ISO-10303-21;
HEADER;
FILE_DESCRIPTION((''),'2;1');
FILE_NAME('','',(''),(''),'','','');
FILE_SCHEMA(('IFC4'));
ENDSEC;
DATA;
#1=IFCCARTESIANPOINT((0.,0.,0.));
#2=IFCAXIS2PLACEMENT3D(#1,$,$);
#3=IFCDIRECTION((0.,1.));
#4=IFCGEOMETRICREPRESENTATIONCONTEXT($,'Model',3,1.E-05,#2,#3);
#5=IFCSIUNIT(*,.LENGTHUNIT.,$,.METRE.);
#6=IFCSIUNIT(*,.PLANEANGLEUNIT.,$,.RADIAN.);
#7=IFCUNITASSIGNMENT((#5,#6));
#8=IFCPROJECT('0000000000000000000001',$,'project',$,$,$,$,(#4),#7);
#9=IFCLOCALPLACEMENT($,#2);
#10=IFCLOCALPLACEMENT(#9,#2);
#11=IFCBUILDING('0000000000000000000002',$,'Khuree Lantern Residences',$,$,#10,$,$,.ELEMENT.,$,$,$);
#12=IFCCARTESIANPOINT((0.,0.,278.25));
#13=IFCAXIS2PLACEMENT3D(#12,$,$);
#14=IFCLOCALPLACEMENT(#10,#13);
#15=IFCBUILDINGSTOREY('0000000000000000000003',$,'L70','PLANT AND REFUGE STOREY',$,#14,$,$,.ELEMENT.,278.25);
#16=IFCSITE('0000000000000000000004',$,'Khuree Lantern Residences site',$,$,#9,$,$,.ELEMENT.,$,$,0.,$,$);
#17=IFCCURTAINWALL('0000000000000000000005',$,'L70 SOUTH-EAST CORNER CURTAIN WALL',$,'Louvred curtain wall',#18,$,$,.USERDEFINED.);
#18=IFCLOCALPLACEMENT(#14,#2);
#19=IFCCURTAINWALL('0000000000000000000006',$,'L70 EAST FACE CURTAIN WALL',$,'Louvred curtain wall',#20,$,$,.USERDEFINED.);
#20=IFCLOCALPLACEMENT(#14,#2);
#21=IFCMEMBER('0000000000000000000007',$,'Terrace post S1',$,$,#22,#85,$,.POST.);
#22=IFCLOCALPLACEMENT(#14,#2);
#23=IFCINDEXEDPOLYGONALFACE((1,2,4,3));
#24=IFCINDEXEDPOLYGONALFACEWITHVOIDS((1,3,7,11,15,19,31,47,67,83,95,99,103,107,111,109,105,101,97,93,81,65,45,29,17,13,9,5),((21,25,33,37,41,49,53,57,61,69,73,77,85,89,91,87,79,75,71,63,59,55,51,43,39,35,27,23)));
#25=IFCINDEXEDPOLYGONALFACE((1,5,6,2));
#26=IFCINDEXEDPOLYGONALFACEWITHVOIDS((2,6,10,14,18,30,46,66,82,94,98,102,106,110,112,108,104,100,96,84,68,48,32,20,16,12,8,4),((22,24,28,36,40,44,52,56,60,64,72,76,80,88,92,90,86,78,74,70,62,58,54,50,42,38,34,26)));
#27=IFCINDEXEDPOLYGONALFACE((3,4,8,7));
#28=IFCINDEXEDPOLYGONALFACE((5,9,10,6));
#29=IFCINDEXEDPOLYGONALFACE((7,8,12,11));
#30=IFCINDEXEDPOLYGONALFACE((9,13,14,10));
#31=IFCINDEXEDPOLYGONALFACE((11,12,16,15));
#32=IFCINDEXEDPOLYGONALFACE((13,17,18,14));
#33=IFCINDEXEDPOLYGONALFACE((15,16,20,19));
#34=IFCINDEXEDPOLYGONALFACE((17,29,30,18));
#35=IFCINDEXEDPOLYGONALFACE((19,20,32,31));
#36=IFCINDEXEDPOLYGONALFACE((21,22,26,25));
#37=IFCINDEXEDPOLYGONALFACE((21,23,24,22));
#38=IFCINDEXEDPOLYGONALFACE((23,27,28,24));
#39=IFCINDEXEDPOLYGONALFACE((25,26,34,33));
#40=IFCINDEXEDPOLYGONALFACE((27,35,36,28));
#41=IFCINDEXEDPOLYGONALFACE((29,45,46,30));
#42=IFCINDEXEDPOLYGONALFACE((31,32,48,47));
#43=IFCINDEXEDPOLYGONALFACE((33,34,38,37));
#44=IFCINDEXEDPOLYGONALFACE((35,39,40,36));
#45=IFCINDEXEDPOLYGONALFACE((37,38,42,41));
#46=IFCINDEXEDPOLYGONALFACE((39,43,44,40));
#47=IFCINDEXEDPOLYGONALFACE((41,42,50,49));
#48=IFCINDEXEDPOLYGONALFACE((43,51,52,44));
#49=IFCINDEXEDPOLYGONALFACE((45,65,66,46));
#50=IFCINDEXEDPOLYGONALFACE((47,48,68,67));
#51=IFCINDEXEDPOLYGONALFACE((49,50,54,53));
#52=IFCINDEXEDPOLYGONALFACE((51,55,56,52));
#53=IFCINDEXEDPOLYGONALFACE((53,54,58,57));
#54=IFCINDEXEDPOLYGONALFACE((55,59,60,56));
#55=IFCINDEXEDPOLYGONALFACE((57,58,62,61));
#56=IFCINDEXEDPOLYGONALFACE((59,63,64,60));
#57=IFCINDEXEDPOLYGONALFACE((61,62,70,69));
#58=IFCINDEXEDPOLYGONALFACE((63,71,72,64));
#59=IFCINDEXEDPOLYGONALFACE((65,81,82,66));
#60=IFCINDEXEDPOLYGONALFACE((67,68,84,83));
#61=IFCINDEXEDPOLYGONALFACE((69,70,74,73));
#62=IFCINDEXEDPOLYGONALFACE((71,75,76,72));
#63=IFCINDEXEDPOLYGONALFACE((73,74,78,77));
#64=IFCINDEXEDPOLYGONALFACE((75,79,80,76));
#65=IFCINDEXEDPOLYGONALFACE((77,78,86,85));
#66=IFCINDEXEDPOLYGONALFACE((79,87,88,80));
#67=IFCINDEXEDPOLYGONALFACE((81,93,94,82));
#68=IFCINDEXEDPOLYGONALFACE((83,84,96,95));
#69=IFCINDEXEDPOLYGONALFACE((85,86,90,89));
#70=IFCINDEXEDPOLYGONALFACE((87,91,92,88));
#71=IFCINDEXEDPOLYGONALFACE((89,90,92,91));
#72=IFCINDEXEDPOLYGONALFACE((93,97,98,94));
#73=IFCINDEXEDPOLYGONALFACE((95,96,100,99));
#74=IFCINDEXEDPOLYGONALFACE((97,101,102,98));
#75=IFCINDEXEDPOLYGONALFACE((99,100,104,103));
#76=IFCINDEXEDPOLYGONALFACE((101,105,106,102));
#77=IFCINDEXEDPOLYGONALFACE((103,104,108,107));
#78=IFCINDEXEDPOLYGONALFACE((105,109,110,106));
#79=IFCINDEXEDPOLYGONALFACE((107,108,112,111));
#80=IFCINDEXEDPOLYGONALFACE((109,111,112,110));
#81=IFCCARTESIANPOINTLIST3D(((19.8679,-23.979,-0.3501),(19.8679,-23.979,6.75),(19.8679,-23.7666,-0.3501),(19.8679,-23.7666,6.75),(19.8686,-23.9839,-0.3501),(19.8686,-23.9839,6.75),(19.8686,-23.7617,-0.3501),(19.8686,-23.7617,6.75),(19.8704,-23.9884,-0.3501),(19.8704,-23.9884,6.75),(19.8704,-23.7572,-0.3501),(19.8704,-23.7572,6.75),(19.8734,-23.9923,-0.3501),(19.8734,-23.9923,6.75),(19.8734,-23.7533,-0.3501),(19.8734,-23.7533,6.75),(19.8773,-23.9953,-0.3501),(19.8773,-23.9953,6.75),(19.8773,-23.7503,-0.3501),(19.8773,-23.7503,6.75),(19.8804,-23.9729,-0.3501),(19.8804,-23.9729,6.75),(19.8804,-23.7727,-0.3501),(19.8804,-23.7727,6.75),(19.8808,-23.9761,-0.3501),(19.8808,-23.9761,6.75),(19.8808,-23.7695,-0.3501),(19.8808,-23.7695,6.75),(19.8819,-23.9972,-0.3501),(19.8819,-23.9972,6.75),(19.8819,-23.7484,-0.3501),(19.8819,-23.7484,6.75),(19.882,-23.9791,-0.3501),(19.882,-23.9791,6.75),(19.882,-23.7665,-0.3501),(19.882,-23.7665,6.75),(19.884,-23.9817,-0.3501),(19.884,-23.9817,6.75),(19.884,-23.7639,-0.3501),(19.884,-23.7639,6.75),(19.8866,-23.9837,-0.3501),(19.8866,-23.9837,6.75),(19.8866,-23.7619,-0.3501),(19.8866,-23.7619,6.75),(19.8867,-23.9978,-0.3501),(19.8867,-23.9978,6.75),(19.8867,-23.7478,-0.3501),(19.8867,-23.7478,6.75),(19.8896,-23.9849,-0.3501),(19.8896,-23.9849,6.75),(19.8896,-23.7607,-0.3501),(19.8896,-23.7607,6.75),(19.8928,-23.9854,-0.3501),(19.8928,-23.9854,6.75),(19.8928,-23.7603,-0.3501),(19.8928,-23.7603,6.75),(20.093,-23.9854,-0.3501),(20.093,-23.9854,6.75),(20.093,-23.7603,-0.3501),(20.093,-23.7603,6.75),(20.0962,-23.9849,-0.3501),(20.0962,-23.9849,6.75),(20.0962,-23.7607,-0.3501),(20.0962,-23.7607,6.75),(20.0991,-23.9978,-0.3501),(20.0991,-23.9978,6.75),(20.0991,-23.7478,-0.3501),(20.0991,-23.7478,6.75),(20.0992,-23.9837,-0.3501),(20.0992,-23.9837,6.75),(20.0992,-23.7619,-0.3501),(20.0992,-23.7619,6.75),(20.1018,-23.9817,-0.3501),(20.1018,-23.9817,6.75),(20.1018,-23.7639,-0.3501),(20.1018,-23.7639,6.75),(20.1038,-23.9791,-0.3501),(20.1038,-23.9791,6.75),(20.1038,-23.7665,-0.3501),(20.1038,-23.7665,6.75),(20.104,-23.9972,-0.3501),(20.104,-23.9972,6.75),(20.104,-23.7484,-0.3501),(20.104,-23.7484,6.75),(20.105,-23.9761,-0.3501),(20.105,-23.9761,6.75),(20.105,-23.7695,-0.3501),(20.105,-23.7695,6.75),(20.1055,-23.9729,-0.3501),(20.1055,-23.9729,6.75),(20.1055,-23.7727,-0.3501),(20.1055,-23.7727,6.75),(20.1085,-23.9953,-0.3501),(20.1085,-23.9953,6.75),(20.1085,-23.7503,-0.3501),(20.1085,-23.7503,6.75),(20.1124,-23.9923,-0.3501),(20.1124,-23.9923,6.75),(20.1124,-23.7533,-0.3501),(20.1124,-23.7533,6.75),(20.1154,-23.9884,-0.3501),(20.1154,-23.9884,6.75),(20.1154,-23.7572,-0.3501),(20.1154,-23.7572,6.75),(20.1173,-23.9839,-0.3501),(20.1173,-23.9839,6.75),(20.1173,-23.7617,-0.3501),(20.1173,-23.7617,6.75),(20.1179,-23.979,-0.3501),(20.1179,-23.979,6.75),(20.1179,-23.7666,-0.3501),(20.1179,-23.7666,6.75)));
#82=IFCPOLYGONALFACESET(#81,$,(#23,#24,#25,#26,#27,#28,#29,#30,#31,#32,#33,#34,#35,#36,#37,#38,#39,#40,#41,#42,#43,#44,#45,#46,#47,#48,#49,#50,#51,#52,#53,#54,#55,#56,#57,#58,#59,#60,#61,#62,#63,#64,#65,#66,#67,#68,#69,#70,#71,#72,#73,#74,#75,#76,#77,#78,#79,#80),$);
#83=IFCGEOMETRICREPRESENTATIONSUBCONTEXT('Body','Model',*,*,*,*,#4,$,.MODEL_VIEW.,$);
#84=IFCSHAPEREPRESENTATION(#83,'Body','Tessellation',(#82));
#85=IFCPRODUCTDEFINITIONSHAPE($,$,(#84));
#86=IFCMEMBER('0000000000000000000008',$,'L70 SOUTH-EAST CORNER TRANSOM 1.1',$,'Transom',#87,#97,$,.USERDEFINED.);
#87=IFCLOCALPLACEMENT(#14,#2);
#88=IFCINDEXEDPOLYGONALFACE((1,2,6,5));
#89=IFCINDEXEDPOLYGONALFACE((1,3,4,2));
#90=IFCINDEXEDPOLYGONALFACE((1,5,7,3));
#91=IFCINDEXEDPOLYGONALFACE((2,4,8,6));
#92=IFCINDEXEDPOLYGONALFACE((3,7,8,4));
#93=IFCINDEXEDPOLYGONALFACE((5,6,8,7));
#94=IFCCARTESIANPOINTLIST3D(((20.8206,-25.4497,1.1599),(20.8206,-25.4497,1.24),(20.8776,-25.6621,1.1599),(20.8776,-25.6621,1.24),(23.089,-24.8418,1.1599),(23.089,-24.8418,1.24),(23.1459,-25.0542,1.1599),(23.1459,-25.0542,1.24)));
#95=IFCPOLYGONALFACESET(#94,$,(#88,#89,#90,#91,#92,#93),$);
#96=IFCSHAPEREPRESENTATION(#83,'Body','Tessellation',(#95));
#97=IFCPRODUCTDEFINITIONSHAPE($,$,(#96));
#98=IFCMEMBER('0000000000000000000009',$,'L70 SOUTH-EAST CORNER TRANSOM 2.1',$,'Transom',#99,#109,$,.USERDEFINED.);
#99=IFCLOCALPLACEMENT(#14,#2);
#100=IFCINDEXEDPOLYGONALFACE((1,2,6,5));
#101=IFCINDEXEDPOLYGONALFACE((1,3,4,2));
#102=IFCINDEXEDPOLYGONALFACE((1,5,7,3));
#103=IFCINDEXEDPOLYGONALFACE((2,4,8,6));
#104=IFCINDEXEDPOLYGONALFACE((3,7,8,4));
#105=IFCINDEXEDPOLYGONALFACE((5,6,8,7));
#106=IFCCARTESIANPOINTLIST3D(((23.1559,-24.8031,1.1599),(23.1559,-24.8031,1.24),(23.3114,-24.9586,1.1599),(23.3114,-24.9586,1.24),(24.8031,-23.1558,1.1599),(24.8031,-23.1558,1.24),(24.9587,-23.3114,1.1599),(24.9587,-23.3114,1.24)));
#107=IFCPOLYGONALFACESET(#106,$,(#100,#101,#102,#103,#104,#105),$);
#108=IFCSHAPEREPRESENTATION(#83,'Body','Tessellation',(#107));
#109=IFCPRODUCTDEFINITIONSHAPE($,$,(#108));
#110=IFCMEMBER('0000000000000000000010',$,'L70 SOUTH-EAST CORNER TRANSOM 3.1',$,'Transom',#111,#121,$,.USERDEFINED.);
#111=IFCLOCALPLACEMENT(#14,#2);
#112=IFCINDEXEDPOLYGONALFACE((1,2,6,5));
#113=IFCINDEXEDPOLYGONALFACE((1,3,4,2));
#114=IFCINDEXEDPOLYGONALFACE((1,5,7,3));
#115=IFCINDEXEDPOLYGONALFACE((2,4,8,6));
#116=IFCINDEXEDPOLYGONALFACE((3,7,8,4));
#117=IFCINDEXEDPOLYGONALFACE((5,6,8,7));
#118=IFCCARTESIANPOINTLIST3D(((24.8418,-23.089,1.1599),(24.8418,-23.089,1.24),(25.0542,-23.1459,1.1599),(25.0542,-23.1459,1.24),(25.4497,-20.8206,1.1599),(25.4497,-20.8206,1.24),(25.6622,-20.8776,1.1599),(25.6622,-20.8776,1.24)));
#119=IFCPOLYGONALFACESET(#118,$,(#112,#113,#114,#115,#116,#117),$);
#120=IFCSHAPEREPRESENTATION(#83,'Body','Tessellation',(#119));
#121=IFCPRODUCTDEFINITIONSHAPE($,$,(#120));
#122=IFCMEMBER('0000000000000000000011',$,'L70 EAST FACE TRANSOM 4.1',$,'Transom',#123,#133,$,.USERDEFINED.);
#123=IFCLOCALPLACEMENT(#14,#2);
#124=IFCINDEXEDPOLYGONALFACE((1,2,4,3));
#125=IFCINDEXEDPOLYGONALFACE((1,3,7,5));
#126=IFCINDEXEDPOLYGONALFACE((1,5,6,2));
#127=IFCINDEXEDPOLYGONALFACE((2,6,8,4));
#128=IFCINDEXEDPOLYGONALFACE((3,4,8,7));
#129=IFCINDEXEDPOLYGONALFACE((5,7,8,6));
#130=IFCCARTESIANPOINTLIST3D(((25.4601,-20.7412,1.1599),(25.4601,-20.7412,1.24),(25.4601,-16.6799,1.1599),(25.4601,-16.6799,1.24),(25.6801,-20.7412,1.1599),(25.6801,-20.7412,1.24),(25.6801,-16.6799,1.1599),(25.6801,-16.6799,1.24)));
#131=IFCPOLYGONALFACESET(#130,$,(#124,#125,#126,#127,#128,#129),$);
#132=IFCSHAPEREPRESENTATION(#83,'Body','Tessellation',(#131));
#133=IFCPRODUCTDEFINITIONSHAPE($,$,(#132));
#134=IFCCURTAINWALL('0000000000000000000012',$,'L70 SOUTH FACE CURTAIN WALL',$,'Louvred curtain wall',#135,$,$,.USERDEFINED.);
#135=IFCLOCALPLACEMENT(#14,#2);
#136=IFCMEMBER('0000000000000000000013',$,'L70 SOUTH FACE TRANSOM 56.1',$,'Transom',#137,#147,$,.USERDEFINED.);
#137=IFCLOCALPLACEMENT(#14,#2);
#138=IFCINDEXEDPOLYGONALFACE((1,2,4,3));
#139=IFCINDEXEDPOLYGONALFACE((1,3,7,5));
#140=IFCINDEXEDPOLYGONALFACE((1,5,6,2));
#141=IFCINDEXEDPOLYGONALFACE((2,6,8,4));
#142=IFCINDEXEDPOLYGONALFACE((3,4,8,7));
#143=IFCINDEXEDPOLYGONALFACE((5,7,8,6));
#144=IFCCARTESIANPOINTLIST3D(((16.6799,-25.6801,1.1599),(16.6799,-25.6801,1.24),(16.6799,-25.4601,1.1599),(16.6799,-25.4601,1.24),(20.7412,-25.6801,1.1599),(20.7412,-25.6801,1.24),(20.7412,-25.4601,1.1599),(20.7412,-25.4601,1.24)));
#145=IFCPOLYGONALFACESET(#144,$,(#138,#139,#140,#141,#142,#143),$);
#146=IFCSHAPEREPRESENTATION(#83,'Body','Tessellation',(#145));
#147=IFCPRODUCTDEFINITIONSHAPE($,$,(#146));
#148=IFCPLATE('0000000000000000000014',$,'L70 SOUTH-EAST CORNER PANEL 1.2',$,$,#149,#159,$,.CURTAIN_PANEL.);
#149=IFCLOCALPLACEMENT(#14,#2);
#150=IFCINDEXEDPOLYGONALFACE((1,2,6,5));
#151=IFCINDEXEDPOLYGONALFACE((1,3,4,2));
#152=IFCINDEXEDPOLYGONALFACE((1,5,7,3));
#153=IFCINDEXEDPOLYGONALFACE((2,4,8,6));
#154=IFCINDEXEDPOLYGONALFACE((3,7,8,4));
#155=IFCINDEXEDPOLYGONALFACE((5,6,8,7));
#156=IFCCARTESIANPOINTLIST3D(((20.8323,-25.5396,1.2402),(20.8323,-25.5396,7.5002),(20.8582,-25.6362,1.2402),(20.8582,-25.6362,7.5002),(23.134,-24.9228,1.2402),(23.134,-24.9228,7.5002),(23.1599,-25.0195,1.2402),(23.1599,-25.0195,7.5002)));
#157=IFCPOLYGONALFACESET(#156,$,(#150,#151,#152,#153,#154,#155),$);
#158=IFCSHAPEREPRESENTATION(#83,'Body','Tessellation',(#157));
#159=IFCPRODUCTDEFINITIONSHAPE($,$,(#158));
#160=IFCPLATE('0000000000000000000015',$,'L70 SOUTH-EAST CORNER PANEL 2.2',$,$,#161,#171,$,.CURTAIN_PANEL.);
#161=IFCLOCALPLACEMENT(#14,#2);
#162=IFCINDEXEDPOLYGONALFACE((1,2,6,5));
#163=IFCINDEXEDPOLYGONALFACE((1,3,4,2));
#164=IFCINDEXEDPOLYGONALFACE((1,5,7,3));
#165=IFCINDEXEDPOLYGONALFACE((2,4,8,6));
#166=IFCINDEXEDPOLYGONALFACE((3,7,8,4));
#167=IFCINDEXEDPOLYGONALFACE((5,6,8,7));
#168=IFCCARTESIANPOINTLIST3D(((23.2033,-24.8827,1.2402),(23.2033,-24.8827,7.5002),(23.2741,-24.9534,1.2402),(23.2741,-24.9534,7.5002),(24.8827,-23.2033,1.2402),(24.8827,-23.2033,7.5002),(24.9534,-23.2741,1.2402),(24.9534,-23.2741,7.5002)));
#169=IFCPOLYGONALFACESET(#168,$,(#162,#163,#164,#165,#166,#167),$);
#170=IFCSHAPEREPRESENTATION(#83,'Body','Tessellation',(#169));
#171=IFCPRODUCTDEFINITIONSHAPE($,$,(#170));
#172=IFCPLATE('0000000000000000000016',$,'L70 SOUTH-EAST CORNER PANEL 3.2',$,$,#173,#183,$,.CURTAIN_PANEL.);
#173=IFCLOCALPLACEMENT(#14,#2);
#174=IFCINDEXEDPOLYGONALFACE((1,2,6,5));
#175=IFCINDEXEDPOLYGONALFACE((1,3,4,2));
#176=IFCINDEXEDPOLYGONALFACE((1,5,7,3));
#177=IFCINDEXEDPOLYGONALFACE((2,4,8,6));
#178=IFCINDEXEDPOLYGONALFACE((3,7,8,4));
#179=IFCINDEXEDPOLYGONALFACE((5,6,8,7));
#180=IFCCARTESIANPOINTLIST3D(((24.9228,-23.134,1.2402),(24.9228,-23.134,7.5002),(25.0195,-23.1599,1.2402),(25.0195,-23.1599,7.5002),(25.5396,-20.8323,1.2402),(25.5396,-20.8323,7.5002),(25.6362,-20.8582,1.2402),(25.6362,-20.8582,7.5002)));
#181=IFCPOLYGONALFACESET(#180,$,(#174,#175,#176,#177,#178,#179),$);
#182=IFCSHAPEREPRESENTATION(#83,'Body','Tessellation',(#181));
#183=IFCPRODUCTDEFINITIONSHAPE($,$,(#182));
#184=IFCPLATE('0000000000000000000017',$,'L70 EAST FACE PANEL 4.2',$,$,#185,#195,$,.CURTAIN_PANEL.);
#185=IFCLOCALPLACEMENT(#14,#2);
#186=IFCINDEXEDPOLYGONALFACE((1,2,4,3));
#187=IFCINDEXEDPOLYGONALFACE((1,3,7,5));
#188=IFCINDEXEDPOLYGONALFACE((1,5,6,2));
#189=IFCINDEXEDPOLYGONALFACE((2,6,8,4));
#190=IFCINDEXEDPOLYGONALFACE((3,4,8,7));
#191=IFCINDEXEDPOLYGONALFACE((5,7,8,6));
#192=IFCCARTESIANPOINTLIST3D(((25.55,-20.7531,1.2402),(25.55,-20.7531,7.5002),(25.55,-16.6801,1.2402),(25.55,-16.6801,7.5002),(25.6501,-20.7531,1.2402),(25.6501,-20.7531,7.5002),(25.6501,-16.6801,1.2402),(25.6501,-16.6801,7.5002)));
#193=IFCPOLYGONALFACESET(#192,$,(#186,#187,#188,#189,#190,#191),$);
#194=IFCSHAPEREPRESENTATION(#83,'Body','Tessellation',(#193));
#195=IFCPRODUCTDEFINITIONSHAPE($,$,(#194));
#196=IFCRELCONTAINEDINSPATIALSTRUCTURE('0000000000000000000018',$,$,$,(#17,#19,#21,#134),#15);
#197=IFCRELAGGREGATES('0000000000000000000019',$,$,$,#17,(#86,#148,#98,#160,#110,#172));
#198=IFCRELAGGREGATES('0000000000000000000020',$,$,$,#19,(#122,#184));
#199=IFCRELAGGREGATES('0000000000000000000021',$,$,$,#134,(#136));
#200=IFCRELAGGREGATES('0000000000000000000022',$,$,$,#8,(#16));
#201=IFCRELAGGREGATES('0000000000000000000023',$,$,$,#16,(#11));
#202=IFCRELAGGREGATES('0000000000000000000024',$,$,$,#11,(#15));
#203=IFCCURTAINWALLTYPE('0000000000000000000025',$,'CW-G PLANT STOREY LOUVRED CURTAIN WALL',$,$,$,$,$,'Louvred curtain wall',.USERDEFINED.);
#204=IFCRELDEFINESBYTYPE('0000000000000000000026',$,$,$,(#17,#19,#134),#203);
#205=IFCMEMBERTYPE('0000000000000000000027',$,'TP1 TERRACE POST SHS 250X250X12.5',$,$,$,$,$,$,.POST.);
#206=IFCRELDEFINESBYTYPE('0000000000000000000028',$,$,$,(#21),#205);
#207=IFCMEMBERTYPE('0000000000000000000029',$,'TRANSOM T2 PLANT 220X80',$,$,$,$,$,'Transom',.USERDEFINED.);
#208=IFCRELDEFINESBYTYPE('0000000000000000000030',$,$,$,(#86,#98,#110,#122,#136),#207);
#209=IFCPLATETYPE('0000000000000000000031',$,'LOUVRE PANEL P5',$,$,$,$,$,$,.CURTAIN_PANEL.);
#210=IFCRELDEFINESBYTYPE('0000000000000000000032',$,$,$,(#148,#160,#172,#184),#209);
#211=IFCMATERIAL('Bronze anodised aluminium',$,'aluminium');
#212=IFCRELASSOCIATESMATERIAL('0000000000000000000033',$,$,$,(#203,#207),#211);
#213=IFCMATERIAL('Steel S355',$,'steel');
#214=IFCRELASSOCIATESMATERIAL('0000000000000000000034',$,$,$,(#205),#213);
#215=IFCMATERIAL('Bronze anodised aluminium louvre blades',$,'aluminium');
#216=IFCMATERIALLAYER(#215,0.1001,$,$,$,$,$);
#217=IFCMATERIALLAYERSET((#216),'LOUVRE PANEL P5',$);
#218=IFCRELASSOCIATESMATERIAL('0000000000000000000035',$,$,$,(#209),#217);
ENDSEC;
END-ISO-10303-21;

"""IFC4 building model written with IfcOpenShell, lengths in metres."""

from ifc_helpers import new_model, si_unit, direction, frame, origin, origin_2d, place, context, subcontext, project, spatial, rectangle, hollow_rectangle, extrude, material, layer, layer_set, material_profile, profile_set, type_object, element, aggregate, save


model = new_model("IFC4")

# Units and contexts
model_context = context("Model", 3, precision=1e-05, world=origin(), true_north=direction((0.0, 1.0)))
body_context = subcontext(model_context, "Body", "Model", "MODEL_VIEW")
ifc_project = project(units=[si_unit("LENGTHUNIT", "METRE"), si_unit("PLANEANGLEUNIT", "RADIAN")], contexts=[model_context])

# Site, building, storey
site_placement = place(None, origin())
site = spatial("IfcSite", under=ifc_project, at=site_placement, Name="Khuree Lantern Residences site", CompositionType="ELEMENT", RefElevation=0.0)
building_placement = place(site_placement, origin())
building = spatial("IfcBuilding", under=site, at=building_placement, Name="Khuree Lantern Residences", CompositionType="ELEMENT")
storey_placement = place(building_placement, frame((0.0, 0.0, 278.25)))
storey = spatial("IfcBuildingStorey", under=building, at=storey_placement, Name="L70", Description="PLANT AND REFUGE STOREY", CompositionType="ELEMENT", Elevation=278.25)

# Shared definitions
ifc_material_1 = material(Name="Steel S355", Category="steel")

# Curtain wall
ifc_material_2 = material(Name="Bronze anodised aluminium", Category="aluminium")
curtain_wall_type = type_object("IfcCurtainWallType", Name="CW-G PLANT STOREY LOUVRED CURTAIN WALL", ElementType="Louvred curtain wall", PredefinedType="USERDEFINED", material=ifc_material_2)
curtain_wall_1_placement = place(storey_placement, origin())
curtain_wall_1 = element("IfcCurtainWall", 1, at=curtain_wall_1_placement, inside=storey, type_object=curtain_wall_type, Name="L70 SOUTH-EAST CORNER CURTAIN WALL", ObjectType="Louvred curtain wall", PredefinedType="USERDEFINED")

# Curtain wall
curtain_wall_2_placement = place(storey_placement, origin())
curtain_wall_2 = element("IfcCurtainWall", 2, at=curtain_wall_2_placement, inside=storey, type_object=curtain_wall_type, Name="L70 EAST FACE CURTAIN WALL", ObjectType="Louvred curtain wall", PredefinedType="USERDEFINED")

# Member
ifc_material_profile_1 = material_profile(ifc_material_1, hollow_rectangle(XDim=0.25, YDim=0.25, WallThickness=0.0125, InnerFilletRadius=0.0125, OuterFilletRadius=0.0188, at=origin_2d()), Name="SHS 250X250X12.5")
ifc_profile_set_1 = profile_set([ifc_material_profile_1], Name="Steel S355")
member_type_1 = type_object("IfcMemberType", Name="TP1 TERRACE POST SHS 250X250X12.5", PredefinedType="POST", material=ifc_profile_set_1)
for number, where, z_axis, x_axis, name in (
    (3, (19.9929, -23.8728, -0.3501), (0.0, 0.0, 1.0), (1.0, 0.0, 0.0), "Terrace post S1"),
):
    element("IfcMember", number, at=place(storey_placement, frame(where, z_axis=z_axis, x_axis=x_axis)), inside=storey, type_object=member_type_1, Name=name, PredefinedType="POST", context=body_context, shape_type="SweptSolid", body=[
        extrude(hollow_rectangle(XDim=0.25, YDim=0.25, WallThickness=0.0125, InnerFilletRadius=0.0125, OuterFilletRadius=0.0188, at=origin_2d()), origin(), (0.0, 0.0, 1.0), 7.1001),
    ])

# Members
ifc_material_profile_2 = material_profile(ifc_material_2, rectangle(XDim=0.22, YDim=0.0801, at=origin_2d()), Name="T2 220X80")
ifc_profile_set_2 = profile_set([ifc_material_profile_2], Name="Bronze anodised aluminium")
member_type_2 = type_object("IfcMemberType", Name="TRANSOM T2 PLANT 220X80", ElementType="Transom", PredefinedType="USERDEFINED", material=ifc_profile_set_2)
member_1_placement = place(storey_placement, frame((20.8491, -25.5559, 1.2), z_axis=(0.965913, 0.258866, 0.0), x_axis=(-0.258866, 0.965913, 0.0)))
member_1 = element("IfcMember", 4, at=member_1_placement, type_object=member_type_2, Name="L70 SOUTH-EAST CORNER TRANSOM 1.1", ObjectType="Transom", PredefinedType="USERDEFINED", context=body_context, shape_type="SweptSolid", body=[
    extrude(rectangle(XDim=0.22, YDim=0.0801, at=origin_2d()), origin(), (0.0, 0.0, 1.0), 2.3484),
])
member_2_placement = place(storey_placement, frame((23.2336, -24.8809, 1.2), z_axis=(0.707107, 0.707107, 0.0), x_axis=(-0.707107, 0.707107, 0.0)))
member_2 = element("IfcMember", 5, at=member_2_placement, type_object=member_type_2, Name="L70 SOUTH-EAST CORNER TRANSOM 2.1", ObjectType="Transom", PredefinedType="USERDEFINED", context=body_context, shape_type="SweptSolid", body=[
    extrude(rectangle(XDim=0.22, YDim=0.0801, at=origin_2d()), origin(), (0.0, 0.0, 1.0), 2.3296),
])
member_3_placement = place(storey_placement, frame((24.948, -23.1174, 1.2), z_axis=(0.258866, 0.965913, 0.0), x_axis=(-0.965913, 0.258866, 0.0)))
member_3 = element("IfcMember", 6, at=member_3_placement, type_object=member_type_2, Name="L70 SOUTH-EAST CORNER TRANSOM 3.1", ObjectType="Transom", PredefinedType="USERDEFINED", context=body_context, shape_type="SweptSolid", body=[
    extrude(rectangle(XDim=0.22, YDim=0.0801, at=origin_2d()), origin(), (0.0, 0.0, 1.0), 2.3484),
])
member_4_placement = place(storey_placement, frame((25.5701, -20.7412, 1.2), z_axis=(0.0, 1.0, 0.0), x_axis=(-1.0, 0.0, 0.0)))
member_4 = element("IfcMember", 7, at=member_4_placement, type_object=member_type_2, Name="L70 EAST FACE TRANSOM 4.1", ObjectType="Transom", PredefinedType="USERDEFINED", context=body_context, shape_type="SweptSolid", body=[
    extrude(rectangle(XDim=0.22, YDim=0.0801, at=origin_2d()), origin(), (0.0, 0.0, 1.0), 4.0613),
])

# Curtain wall, member
curtain_wall_3_placement = place(storey_placement, origin())
curtain_wall_3 = element("IfcCurtainWall", 8, at=curtain_wall_3_placement, inside=storey, type_object=curtain_wall_type, Name="L70 SOUTH FACE CURTAIN WALL", ObjectType="Louvred curtain wall", PredefinedType="USERDEFINED")
member_5_placement = place(storey_placement, frame((16.6799, -25.5701, 1.2), z_axis=(1.0, 0.0, 0.0), x_axis=(0.0, 1.0, 0.0)))
member_5 = element("IfcMember", 9, at=member_5_placement, type_object=member_type_2, Name="L70 SOUTH FACE TRANSOM 56.1", ObjectType="Transom", PredefinedType="USERDEFINED", context=body_context, shape_type="SweptSolid", body=[
    extrude(rectangle(XDim=0.22, YDim=0.0801, at=origin_2d()), origin(), (0.0, 0.0, 1.0), 4.0613),
])

# Plates
ifc_material_3 = material(Name="Bronze anodised aluminium louvre blades", Category="aluminium")
ifc_layer_1 = layer(ifc_material_3, 0.1001)
ifc_layer_set_1 = layer_set([ifc_layer_1], Name="LOUVRE PANEL P5")
plate_type_1 = type_object("IfcPlateType", Name="LOUVRE PANEL P5", PredefinedType="CURTAIN_PANEL", material=ifc_layer_set_1)
plate_1_placement = place(storey_placement, frame((21.9961, -25.2795, 1.2402), z_axis=(0.0, 0.0, 1.0), x_axis=(0.965926, 0.258819, 0.0)))
plate_1 = element("IfcPlate", 10, at=plate_1_placement, type_object=plate_type_1, Name="L70 SOUTH-EAST CORNER PANEL 1.2", PredefinedType="CURTAIN_PANEL", context=body_context, shape_type="SweptSolid", body=[
    extrude(rectangle(XDim=2.3828, YDim=0.1001, at=origin_2d()), origin(), (0.0, 0.0, 1.0), 6.26),
])
plate_2_placement = place(storey_placement, frame((24.0784, -24.0784, 1.2402), z_axis=(0.0, 0.0, 1.0), x_axis=(0.707107, 0.707107, 0.0)))
plate_2 = element("IfcPlate", 11, at=plate_2_placement, type_object=plate_type_1, Name="L70 SOUTH-EAST CORNER PANEL 2.2", PredefinedType="CURTAIN_PANEL", context=body_context, shape_type="SweptSolid", body=[
    extrude(rectangle(XDim=2.375, YDim=0.1001, at=origin_2d()), origin(), (0.0, 0.0, 1.0), 6.26),
])
plate_3_placement = place(storey_placement, frame((25.2795, -21.9961, 1.2402), z_axis=(0.0, 0.0, 1.0), x_axis=(0.258819, 0.965926, 0.0)))
plate_3 = element("IfcPlate", 12, at=plate_3_placement, type_object=plate_type_1, Name="L70 SOUTH-EAST CORNER PANEL 3.2", PredefinedType="CURTAIN_PANEL", context=body_context, shape_type="SweptSolid", body=[
    extrude(rectangle(XDim=2.3828, YDim=0.1001, at=origin_2d()), origin(), (0.0, 0.0, 1.0), 6.26),
])
plate_4_placement = place(storey_placement, frame((25.6001, -18.7166, 1.2402), z_axis=(0.0, 0.0, 1.0), x_axis=(0.0, 1.0, 0.0)))
plate_4 = element("IfcPlate", 13, at=plate_4_placement, type_object=plate_type_1, Name="L70 EAST FACE PANEL 4.2", PredefinedType="CURTAIN_PANEL", context=body_context, shape_type="SweptSolid", body=[
    extrude(rectangle(XDim=4.073, YDim=0.1001, at=origin_2d()), origin(), (0.0, 0.0, 1.0), 6.26),
])
aggregate(curtain_wall_1, [member_1, plate_1, member_2, plate_2, member_3, plate_3])
aggregate(curtain_wall_2, [member_4, plate_4])
aggregate(curtain_wall_3, [member_5])

save(model, "model.ifc")
